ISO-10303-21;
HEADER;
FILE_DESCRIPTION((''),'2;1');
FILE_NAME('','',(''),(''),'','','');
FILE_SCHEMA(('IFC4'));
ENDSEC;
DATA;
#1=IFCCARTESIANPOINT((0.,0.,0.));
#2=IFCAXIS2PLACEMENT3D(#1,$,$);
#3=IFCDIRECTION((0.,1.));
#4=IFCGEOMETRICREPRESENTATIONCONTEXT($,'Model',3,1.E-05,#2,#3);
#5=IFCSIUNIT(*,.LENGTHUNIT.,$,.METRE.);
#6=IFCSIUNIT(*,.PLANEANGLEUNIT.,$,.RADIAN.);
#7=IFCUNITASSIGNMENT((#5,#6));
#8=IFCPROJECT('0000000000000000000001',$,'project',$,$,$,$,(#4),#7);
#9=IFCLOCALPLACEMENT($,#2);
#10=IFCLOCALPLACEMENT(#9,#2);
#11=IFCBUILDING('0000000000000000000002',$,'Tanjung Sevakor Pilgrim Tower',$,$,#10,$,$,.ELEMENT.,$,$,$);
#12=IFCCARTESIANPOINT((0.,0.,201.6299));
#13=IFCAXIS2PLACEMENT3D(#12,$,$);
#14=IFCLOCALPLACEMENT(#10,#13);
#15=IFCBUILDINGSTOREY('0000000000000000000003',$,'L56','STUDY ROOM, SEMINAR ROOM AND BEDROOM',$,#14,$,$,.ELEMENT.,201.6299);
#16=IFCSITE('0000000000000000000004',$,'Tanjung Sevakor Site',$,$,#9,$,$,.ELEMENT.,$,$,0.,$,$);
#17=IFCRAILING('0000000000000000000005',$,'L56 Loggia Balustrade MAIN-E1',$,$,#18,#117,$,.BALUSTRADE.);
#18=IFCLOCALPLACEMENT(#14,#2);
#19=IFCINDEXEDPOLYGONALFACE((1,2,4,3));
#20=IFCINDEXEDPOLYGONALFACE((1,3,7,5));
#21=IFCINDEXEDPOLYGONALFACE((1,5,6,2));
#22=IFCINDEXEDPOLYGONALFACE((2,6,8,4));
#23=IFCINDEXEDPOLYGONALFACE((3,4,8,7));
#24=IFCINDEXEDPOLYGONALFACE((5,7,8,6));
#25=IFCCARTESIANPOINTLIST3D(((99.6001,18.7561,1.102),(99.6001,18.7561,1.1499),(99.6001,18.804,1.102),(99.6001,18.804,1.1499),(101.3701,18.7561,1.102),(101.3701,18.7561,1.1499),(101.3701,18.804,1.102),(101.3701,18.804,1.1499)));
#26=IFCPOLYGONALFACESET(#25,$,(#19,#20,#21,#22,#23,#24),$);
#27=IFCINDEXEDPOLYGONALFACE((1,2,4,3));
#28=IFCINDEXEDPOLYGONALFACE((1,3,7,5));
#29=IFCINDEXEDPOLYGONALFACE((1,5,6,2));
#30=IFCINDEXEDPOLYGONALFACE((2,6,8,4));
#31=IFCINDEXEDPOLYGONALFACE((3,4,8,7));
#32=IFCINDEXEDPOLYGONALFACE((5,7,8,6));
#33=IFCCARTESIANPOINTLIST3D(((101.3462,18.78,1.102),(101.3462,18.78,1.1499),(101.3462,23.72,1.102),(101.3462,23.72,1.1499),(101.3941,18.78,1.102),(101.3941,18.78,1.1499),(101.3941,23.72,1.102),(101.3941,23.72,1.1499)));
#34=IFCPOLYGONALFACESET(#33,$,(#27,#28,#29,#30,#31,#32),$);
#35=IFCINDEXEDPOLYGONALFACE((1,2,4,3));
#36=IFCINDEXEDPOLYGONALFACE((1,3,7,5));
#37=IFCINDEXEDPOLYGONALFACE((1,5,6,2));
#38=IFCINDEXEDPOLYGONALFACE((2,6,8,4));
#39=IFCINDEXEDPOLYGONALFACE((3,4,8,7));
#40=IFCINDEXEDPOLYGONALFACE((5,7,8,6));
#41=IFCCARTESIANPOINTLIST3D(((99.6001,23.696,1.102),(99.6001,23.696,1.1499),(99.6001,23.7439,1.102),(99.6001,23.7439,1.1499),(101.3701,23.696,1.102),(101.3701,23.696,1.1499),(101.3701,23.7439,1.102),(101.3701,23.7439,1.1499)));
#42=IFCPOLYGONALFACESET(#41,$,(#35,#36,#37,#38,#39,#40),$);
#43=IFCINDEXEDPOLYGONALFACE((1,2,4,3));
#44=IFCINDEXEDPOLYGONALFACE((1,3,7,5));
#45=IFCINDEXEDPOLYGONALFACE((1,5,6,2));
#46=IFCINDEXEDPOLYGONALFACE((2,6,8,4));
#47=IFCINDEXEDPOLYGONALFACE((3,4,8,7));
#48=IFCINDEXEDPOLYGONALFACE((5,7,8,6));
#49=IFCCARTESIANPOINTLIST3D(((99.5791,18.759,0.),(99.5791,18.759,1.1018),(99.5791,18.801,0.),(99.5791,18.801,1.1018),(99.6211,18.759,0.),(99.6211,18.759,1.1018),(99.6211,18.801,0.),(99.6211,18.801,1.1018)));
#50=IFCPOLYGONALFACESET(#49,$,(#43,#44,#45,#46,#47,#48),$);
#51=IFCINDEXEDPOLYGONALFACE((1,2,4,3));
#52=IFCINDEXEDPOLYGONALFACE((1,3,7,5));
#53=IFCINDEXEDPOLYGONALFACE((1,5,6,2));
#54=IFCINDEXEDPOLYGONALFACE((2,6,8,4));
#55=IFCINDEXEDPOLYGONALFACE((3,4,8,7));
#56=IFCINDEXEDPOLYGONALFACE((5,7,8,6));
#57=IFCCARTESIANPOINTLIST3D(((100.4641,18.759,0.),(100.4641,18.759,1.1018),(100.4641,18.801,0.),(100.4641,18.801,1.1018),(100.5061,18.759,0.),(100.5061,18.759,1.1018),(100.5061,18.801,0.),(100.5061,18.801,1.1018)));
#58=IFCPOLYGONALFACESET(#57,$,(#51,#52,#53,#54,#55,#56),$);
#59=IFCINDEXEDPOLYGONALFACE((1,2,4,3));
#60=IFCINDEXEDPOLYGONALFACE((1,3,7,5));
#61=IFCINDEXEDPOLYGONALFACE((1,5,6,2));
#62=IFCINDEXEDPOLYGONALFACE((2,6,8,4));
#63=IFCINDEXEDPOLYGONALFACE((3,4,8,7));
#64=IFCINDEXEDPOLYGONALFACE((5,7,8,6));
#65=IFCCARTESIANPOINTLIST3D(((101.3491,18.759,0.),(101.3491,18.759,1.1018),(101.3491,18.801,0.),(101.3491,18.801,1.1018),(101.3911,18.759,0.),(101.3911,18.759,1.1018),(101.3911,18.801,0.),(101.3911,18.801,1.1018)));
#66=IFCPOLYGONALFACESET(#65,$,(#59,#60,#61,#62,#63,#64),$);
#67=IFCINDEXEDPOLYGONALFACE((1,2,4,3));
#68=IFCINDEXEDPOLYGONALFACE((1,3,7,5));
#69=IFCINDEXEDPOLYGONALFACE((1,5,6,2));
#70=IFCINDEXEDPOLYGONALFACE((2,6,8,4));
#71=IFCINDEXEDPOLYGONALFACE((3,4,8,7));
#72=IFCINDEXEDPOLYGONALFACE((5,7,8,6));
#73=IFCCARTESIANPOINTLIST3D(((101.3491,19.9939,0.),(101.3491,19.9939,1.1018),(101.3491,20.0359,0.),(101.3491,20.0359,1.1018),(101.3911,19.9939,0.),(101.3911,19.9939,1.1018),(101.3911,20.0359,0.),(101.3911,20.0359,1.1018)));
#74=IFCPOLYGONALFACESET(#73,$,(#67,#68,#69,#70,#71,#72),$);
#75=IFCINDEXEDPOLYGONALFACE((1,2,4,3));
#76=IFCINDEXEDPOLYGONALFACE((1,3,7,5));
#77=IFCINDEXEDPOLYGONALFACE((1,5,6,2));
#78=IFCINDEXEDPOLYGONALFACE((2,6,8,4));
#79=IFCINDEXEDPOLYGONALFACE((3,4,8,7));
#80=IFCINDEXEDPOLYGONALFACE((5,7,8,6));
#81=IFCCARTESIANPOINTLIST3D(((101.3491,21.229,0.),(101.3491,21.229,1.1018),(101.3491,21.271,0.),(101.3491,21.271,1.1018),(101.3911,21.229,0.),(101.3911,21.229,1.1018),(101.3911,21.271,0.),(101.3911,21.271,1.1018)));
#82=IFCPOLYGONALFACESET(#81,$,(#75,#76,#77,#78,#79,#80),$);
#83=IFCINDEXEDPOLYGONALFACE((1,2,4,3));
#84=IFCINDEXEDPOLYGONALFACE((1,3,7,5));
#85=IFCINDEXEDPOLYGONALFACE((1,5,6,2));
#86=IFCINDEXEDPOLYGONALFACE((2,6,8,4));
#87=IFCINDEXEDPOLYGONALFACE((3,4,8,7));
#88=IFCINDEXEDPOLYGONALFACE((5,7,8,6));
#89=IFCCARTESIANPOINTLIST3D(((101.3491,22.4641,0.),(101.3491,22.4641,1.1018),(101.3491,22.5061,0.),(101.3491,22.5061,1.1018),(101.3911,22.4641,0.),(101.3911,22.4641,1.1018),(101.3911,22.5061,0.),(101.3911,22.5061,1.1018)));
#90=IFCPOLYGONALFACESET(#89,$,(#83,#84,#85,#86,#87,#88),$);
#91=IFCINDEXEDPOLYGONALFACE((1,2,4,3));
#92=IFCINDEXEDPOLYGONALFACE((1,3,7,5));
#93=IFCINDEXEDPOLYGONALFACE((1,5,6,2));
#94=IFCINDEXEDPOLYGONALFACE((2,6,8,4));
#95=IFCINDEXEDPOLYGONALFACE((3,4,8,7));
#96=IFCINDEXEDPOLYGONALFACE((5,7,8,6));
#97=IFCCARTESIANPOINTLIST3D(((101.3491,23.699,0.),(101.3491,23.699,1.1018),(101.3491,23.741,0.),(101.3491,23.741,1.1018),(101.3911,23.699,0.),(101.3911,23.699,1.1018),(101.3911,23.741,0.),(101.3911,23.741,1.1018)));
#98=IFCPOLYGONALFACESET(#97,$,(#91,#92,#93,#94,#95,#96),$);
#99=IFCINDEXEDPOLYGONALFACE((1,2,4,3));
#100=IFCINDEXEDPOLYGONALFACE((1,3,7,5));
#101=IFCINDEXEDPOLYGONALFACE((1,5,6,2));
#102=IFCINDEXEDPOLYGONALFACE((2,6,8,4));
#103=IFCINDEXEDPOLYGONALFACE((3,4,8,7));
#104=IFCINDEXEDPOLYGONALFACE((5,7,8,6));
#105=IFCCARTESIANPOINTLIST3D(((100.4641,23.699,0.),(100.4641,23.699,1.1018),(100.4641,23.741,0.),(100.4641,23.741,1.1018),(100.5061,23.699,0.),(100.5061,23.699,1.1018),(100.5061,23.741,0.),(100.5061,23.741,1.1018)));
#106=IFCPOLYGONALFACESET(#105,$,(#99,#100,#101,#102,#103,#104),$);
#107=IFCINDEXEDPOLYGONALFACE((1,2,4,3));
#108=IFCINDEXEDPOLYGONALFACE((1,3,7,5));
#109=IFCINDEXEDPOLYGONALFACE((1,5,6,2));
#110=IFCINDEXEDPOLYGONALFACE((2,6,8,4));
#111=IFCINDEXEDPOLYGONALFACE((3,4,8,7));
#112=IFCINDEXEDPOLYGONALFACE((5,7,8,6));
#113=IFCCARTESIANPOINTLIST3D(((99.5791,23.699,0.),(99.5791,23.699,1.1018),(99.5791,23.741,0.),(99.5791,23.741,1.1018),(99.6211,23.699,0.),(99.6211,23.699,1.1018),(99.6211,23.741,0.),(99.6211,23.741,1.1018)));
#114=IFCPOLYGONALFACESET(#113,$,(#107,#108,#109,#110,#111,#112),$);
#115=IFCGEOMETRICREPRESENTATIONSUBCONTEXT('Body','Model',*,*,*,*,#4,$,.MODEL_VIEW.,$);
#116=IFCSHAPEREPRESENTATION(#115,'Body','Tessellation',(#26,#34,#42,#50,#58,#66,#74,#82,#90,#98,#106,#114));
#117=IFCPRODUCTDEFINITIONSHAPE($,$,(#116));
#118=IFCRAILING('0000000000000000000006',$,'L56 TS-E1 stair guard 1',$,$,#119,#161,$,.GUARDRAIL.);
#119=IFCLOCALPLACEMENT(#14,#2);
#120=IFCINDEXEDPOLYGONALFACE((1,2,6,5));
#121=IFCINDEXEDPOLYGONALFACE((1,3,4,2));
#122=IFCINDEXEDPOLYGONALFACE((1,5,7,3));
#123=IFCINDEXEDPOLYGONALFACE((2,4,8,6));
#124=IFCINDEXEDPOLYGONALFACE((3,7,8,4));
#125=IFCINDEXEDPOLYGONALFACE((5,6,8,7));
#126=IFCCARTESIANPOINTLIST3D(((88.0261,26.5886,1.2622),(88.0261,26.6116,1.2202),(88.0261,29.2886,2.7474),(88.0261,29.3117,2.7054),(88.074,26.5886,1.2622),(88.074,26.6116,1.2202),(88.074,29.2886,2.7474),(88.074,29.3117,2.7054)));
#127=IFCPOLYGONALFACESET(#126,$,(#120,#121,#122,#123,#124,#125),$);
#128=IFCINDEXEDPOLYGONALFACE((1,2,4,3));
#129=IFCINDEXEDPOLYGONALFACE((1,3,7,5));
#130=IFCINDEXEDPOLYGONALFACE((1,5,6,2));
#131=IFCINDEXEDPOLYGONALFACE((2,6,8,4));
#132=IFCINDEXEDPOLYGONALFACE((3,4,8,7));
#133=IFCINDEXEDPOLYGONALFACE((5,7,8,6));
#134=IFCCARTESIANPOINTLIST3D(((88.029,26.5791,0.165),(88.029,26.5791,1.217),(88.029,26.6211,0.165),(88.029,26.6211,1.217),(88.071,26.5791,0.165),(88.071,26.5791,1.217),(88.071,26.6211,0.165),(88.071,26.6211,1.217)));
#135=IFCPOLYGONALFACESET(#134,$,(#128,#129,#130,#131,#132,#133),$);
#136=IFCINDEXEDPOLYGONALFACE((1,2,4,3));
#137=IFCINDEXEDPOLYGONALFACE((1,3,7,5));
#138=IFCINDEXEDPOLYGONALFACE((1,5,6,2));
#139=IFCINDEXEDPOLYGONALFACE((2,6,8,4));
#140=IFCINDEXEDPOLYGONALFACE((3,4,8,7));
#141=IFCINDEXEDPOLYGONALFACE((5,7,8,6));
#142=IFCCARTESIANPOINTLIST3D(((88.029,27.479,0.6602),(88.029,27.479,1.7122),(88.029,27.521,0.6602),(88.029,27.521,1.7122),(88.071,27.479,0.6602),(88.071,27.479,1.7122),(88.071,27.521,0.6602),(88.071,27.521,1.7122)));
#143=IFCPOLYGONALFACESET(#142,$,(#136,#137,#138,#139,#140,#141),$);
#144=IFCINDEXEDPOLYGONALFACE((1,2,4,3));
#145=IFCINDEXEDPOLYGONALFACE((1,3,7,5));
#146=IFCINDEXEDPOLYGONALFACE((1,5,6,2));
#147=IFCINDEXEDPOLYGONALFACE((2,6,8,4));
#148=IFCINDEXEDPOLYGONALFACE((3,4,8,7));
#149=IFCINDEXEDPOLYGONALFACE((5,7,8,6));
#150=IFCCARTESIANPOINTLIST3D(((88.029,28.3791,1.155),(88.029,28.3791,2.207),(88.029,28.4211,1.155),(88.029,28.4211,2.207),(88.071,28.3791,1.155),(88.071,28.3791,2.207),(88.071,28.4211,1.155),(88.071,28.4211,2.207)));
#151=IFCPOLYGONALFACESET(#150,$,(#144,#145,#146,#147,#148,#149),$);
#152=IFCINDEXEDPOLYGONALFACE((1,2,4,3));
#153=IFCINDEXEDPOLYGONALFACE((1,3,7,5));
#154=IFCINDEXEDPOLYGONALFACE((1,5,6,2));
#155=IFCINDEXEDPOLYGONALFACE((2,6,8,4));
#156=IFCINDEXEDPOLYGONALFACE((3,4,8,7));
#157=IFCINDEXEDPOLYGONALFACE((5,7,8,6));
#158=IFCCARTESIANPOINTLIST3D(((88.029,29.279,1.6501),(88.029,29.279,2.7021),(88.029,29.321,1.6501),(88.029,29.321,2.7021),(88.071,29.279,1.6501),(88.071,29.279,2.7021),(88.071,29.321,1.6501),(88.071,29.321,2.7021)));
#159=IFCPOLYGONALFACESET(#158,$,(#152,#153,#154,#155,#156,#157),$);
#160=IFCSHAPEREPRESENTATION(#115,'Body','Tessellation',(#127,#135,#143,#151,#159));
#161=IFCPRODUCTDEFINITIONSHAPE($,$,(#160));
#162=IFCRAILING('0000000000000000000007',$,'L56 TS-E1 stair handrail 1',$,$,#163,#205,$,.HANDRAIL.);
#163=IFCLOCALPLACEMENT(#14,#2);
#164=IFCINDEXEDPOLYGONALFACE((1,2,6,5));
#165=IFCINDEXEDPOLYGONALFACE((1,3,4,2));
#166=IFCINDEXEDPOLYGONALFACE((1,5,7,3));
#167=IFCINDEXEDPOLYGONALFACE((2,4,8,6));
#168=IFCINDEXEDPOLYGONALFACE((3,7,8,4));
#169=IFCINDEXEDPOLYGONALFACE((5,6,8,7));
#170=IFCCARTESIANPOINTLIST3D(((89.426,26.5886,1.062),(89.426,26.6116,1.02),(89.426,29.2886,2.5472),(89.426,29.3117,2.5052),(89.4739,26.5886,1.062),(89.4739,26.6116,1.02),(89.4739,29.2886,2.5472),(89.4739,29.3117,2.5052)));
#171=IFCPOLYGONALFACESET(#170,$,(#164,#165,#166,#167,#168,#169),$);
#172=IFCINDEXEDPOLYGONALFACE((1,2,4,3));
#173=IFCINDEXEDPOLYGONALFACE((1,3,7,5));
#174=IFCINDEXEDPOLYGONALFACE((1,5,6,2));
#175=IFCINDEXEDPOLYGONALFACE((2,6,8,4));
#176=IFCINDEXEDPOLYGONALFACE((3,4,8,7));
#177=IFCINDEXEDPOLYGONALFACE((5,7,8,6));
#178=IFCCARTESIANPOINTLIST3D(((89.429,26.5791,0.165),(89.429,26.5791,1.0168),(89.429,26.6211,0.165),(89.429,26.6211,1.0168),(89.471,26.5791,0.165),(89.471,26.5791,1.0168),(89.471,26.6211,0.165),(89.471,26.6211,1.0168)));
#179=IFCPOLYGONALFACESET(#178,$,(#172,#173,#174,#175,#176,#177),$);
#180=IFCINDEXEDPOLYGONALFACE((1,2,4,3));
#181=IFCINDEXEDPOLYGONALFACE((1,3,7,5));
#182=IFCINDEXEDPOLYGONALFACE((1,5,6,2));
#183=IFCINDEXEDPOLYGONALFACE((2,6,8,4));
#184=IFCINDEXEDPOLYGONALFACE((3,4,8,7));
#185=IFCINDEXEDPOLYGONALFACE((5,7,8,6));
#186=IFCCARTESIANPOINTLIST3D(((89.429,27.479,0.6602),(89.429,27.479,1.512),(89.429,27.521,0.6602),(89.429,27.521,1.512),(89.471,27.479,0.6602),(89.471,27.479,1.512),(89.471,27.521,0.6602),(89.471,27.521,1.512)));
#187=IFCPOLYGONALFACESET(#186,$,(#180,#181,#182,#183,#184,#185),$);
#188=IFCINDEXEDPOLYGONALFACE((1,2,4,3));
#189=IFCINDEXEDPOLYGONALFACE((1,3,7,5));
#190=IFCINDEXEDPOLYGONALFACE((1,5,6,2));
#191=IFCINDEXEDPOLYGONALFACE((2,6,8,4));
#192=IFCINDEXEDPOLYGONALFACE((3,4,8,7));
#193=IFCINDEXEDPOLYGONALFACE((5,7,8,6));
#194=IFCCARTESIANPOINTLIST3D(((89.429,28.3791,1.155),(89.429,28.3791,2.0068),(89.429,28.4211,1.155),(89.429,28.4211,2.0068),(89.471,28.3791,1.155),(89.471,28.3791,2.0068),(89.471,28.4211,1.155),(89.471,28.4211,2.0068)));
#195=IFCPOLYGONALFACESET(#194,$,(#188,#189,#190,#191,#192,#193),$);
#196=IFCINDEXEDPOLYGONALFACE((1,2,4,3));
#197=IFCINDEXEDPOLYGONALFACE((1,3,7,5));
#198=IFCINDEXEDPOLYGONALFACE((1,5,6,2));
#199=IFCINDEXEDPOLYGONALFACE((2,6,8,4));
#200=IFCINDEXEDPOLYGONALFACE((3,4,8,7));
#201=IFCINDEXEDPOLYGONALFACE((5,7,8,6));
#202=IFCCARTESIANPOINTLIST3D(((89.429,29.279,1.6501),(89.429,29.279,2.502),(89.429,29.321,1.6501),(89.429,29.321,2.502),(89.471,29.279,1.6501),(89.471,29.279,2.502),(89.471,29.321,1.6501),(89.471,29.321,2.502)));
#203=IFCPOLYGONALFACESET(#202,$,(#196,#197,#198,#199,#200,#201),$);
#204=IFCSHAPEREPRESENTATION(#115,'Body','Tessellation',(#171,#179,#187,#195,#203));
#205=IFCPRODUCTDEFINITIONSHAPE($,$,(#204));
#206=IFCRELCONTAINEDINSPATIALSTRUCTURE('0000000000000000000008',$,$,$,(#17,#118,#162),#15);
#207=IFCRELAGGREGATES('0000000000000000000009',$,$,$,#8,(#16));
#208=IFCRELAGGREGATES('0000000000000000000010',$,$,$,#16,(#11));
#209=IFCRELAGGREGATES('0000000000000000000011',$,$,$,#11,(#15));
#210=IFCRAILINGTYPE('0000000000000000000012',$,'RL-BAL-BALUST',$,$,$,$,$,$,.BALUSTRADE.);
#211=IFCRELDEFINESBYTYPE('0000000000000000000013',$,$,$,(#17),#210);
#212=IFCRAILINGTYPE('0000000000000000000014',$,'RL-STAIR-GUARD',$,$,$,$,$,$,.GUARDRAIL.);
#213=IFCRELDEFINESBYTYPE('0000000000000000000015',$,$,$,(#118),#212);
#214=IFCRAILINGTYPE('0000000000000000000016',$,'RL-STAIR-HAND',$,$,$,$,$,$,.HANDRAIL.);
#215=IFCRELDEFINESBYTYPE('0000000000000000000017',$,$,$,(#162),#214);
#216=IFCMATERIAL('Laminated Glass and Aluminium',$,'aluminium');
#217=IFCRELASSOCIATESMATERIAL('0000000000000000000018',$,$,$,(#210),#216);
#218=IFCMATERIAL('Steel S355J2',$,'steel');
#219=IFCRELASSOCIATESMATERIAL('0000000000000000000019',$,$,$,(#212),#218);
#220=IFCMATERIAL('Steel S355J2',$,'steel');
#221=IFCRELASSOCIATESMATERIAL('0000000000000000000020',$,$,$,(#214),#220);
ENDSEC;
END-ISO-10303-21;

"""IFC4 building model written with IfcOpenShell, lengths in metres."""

from ifc_helpers import new_model, si_unit, direction, frame, origin, place, context, subcontext, project, spatial, rectangle, extrude, material, type_object, element, save


model = new_model("IFC4")

# Units and contexts
model_context = context("Model", 3, precision=1e-05, world=origin(), true_north=direction((0.0, 1.0)))
body_context = subcontext(model_context, "Body", "Model", "MODEL_VIEW")
ifc_project = project(units=[si_unit("LENGTHUNIT", "METRE"), si_unit("PLANEANGLEUNIT", "RADIAN")], contexts=[model_context])

# Site, building, storey
site_placement = place(None, origin())
site = spatial("IfcSite", under=ifc_project, at=site_placement, Name="Tanjung Sevakor Site", CompositionType="ELEMENT", RefElevation=0.0)
building_placement = place(site_placement, origin())
building = spatial("IfcBuilding", under=site, at=building_placement, Name="Tanjung Sevakor Pilgrim Tower", CompositionType="ELEMENT")
storey_placement = place(building_placement, frame((0.0, 0.0, 201.6299)))
storey = spatial("IfcBuildingStorey", under=building, at=storey_placement, Name="L56", Description="STUDY ROOM, SEMINAR ROOM AND BEDROOM", CompositionType="ELEMENT", Elevation=201.6299)

# Railings
ifc_material_1 = material(Name="Laminated Glass and Aluminium", Category="aluminium")
railing_type_1 = type_object("IfcRailingType", Name="RL-BAL-BALUST", PredefinedType="BALUSTRADE", material=ifc_material_1)
railing_1_placement = place(storey_placement, frame((99.6001, 18.78, 0.0)))
element("IfcRailing", 1, at=railing_1_placement, inside=storey, type_object=railing_type_1, Name="L56 Loggia Balustrade MAIN-E1", PredefinedType="BALUSTRADE", context=body_context, shape_type="SweptSolid", body=[
    extrude(rectangle(XDim=0.0479, YDim=0.0479), frame((0.0, 0.0, 1.126), z_axis=(1.0, 0.0, 0.0), x_axis=(0.0, 1.0, 0.0)), (0.0, 0.0, 1.0), 1.77),
    extrude(rectangle(XDim=0.0479, YDim=0.0479), frame((1.77, 0.0, 1.126), z_axis=(0.0, 1.0, 0.0), x_axis=(-1.0, 0.0, 0.0)), (0.0, 0.0, 1.0), 4.9399),
    extrude(rectangle(XDim=0.0479, YDim=0.0479), frame((1.77, 4.9399, 1.126), z_axis=(-1.0, 0.0, 0.0), x_axis=(0.0, -1.0, 0.0)), (0.0, 0.0, 1.0), 1.77),
    extrude(rectangle(XDim=0.042, YDim=0.042), origin(), (0.0, 0.0, 1.0), 1.1018),
    extrude(rectangle(XDim=0.042, YDim=0.042), frame((0.885, 0.0, 0.0)), (0.0, 0.0, 1.0), 1.1018),
    extrude(rectangle(XDim=0.042, YDim=0.042), frame((1.77, 0.0, 0.0)), (0.0, 0.0, 1.0), 1.1018),
    extrude(rectangle(XDim=0.042, YDim=0.042), frame((1.77, 1.2349, 0.0)), (0.0, 0.0, 1.0), 1.1018),
    extrude(rectangle(XDim=0.042, YDim=0.042), frame((1.77, 2.47, 0.0)), (0.0, 0.0, 1.0), 1.1018),
    extrude(rectangle(XDim=0.042, YDim=0.042), frame((1.77, 3.7051, 0.0)), (0.0, 0.0, 1.0), 1.1018),
    extrude(rectangle(XDim=0.042, YDim=0.042), frame((1.77, 4.9399, 0.0)), (0.0, 0.0, 1.0), 1.1018),
    extrude(rectangle(XDim=0.042, YDim=0.042), frame((0.885, 4.9399, 0.0)), (0.0, 0.0, 1.0), 1.1018),
    extrude(rectangle(XDim=0.042, YDim=0.042), frame((0.0, 4.9399, 0.0)), (0.0, 0.0, 1.0), 1.1018),
])
ifc_material_2 = material(Name="Steel S355J2", Category="steel")
railing_type_2 = type_object("IfcRailingType", Name="RL-STAIR-GUARD", PredefinedType="GUARDRAIL", material=ifc_material_2)
railing_2_placement = place(storey_placement, frame((88.05, 26.6001, 0.165)))
element("IfcRailing", 2, at=railing_2_placement, inside=storey, type_object=railing_type_2, Name="L56 TS-E1 stair guard 1", PredefinedType="GUARDRAIL", context=body_context, shape_type="SweptSolid", body=[
    extrude(rectangle(XDim=0.0479, YDim=0.0479), frame((0.0, 0.0, 1.0762), z_axis=(0.0, 0.876198, 0.481952), x_axis=(-1.0, 0.0, 0.0)), (0.0, 0.0, 1.0), 3.0815),
    extrude(rectangle(XDim=0.042, YDim=0.042), origin(), (0.0, 0.0, 1.0), 1.052),
    extrude(rectangle(XDim=0.042, YDim=0.042), frame((0.0, 0.8999, 0.4951)), (0.0, 0.0, 1.0), 1.052),
    extrude(rectangle(XDim=0.042, YDim=0.042), frame((0.0, 1.8, 0.99)), (0.0, 0.0, 1.0), 1.052),
    extrude(rectangle(XDim=0.042, YDim=0.042), frame((0.0, 2.7, 1.4851)), (0.0, 0.0, 1.0), 1.052),
])
ifc_material_3 = material(Name="Steel S355J2", Category="steel")
railing_type_3 = type_object("IfcRailingType", Name="RL-STAIR-HAND", PredefinedType="HANDRAIL", material=ifc_material_3)
railing_3_placement = place(storey_placement, frame((89.45, 26.6001, 0.165)))
element("IfcRailing", 3, at=railing_3_placement, inside=storey, type_object=railing_type_3, Name="L56 TS-E1 stair handrail 1", PredefinedType="HANDRAIL", context=body_context, shape_type="SweptSolid", body=[
    extrude(rectangle(XDim=0.0479, YDim=0.0479), frame((0.0, 0.0, 0.876), z_axis=(0.0, 0.876198, 0.481952), x_axis=(-1.0, 0.0, 0.0)), (0.0, 0.0, 1.0), 3.0815),
    extrude(rectangle(XDim=0.042, YDim=0.042), origin(), (0.0, 0.0, 1.0), 0.8518),
    extrude(rectangle(XDim=0.042, YDim=0.042), frame((0.0, 0.8999, 0.4951)), (0.0, 0.0, 1.0), 0.8518),
    extrude(rectangle(XDim=0.042, YDim=0.042), frame((0.0, 1.8, 0.99)), (0.0, 0.0, 1.0), 0.8518),
    extrude(rectangle(XDim=0.042, YDim=0.042), frame((0.0, 2.7, 1.4851)), (0.0, 0.0, 1.0), 0.8518),
])

save(model, "model.ifc")
